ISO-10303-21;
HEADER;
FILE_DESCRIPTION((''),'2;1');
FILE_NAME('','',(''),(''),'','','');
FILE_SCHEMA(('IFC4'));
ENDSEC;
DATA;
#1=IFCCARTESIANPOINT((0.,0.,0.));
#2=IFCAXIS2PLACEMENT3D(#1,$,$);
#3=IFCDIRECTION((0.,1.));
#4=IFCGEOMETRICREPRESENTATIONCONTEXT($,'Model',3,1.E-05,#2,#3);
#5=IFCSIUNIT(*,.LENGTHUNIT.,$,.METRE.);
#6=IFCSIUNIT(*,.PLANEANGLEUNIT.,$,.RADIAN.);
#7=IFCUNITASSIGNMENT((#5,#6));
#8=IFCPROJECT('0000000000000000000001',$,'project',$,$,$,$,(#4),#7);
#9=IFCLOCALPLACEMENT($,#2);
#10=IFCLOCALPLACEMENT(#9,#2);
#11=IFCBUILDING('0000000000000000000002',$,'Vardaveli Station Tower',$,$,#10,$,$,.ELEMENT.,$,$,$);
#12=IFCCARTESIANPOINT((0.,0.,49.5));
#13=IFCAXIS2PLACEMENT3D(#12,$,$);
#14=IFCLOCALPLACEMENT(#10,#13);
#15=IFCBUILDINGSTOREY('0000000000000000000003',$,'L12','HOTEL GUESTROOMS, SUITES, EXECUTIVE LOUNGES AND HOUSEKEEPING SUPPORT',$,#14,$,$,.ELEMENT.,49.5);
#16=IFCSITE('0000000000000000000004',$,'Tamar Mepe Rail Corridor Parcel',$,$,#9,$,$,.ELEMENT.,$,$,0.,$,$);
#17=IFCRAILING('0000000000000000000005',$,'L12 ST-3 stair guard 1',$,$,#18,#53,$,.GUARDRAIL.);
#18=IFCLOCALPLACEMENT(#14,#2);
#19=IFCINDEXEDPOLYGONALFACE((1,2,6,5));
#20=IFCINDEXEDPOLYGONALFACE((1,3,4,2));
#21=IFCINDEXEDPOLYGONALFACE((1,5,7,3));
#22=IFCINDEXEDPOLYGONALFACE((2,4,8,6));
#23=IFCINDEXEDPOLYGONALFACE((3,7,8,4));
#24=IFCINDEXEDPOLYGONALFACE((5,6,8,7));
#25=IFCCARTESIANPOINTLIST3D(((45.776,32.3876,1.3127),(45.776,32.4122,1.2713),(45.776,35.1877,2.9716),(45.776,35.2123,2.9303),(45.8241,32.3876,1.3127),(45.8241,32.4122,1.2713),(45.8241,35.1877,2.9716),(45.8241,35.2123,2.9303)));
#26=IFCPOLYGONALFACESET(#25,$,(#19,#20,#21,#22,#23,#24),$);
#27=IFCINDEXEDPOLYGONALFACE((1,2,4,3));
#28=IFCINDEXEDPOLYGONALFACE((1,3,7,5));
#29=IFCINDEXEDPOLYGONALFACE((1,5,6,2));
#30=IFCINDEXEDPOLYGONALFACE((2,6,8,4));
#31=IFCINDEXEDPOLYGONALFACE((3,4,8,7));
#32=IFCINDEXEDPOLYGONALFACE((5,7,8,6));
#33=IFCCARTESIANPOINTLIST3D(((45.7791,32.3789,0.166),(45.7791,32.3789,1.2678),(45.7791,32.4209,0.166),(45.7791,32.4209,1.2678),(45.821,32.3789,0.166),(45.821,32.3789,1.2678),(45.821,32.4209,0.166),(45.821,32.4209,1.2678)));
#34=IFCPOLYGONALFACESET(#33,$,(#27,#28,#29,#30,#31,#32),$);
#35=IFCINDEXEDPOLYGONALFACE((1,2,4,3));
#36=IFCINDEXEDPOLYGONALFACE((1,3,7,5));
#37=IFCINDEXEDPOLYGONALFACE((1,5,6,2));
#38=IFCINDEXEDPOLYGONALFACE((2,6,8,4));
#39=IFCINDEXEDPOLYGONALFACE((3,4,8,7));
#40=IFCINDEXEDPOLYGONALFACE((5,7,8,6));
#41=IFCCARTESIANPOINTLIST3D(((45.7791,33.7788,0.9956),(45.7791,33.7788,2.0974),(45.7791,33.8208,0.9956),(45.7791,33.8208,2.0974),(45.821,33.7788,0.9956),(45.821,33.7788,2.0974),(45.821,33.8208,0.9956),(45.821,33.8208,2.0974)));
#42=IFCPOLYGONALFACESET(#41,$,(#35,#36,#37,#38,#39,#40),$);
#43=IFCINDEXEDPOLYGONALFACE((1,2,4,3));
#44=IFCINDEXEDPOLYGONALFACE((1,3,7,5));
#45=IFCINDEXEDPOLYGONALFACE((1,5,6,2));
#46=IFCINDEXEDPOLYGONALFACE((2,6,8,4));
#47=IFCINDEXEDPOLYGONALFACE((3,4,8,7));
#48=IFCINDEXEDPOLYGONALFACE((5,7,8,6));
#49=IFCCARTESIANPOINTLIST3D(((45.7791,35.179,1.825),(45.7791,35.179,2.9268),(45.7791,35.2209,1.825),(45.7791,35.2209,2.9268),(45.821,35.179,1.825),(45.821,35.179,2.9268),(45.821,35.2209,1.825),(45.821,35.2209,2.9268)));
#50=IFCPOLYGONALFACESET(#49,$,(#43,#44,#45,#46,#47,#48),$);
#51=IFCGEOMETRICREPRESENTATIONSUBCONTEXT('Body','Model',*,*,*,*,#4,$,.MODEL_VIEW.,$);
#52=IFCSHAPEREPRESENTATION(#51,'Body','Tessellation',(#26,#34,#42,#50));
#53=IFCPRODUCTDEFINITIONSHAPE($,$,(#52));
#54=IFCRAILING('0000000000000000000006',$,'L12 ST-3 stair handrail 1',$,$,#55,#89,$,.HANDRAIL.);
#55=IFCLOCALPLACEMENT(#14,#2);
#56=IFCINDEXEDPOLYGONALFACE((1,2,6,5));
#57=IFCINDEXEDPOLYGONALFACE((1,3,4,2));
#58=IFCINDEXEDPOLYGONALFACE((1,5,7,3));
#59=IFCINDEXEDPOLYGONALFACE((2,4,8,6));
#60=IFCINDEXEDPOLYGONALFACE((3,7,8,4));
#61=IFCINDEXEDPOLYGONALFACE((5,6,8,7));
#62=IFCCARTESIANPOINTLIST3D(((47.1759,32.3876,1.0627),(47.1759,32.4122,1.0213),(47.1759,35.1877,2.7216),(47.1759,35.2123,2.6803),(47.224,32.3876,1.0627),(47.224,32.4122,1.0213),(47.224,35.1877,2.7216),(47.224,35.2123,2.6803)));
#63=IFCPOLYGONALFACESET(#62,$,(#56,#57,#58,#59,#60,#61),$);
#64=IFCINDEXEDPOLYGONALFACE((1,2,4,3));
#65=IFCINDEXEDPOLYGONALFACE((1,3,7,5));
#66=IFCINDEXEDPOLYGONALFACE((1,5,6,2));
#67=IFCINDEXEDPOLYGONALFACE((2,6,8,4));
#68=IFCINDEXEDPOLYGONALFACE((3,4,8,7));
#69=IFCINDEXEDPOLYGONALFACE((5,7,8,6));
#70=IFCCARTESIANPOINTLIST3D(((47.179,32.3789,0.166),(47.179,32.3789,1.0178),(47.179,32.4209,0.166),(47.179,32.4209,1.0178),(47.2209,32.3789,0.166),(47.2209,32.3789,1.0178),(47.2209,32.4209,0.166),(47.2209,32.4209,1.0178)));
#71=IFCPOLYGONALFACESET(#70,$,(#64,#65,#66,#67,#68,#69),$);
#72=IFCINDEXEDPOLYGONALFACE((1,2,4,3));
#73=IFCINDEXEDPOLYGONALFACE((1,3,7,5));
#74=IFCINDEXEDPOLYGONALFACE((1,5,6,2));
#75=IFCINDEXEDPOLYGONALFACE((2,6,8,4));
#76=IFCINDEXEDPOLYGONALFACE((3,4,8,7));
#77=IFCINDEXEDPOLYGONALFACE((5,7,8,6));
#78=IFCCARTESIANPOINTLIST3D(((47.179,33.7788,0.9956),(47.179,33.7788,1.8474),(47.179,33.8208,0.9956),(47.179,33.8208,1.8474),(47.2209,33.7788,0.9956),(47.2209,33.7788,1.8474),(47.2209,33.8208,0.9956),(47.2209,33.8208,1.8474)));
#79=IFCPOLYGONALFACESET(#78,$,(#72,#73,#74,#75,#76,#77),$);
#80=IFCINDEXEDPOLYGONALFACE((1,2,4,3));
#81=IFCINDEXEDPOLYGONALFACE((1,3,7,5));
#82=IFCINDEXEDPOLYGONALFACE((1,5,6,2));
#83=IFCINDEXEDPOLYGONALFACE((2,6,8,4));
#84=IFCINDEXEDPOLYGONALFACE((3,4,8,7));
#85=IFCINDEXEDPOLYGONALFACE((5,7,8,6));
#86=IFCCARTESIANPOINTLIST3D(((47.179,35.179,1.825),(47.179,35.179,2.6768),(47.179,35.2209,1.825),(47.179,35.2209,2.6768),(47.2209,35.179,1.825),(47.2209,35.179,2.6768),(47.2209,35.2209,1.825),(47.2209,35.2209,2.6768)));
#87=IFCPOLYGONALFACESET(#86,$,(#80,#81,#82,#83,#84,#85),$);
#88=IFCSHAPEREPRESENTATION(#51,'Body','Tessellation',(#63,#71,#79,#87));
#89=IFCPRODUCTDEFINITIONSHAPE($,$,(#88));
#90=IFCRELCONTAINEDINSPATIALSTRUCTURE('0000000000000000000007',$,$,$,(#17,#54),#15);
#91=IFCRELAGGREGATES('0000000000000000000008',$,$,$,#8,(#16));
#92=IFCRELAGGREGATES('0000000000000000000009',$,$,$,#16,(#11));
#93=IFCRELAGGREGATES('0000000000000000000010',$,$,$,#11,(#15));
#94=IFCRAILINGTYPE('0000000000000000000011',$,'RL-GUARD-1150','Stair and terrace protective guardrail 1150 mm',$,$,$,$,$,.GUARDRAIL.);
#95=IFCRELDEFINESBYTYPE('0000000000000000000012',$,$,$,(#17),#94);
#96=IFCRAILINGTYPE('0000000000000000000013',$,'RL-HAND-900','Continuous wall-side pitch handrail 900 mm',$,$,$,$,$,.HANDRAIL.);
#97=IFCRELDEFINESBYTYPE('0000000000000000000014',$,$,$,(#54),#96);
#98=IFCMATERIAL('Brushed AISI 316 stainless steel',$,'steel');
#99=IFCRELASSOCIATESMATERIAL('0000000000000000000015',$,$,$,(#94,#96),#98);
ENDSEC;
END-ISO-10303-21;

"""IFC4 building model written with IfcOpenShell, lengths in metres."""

from ifc_helpers import new_model, si_unit, direction, frame, origin, origin_2d, place, context, subcontext, project, spatial, rectangle, extrude, source, transform, mapped, material, type_object, element, save


model = new_model("IFC4")

# Units and contexts
model_context = context("Model", 3, precision=1e-05, world=origin(), true_north=direction((0.0, 1.0)))
body_context = subcontext(model_context, "Body", "Model", "MODEL_VIEW")
ifc_project = project(units=[si_unit("LENGTHUNIT", "METRE"), si_unit("PLANEANGLEUNIT", "RADIAN")], contexts=[model_context])

# Site, building, storey
site_placement = place(None, origin())
site = spatial("IfcSite", under=ifc_project, at=site_placement, Name="Tamar Mepe Rail Corridor Parcel", CompositionType="ELEMENT", RefElevation=0.0)
building_placement = place(site_placement, origin())
building = spatial("IfcBuilding", under=site, at=building_placement, Name="Vardaveli Station Tower", CompositionType="ELEMENT")
storey_placement = place(building_placement, frame((0.0, 0.0, 49.5)))
storey = spatial("IfcBuildingStorey", under=building, at=storey_placement, Name="L12", Description="HOTEL GUESTROOMS, SUITES, EXECUTIVE LOUNGES AND HOUSEKEEPING SUPPORT", CompositionType="ELEMENT", Elevation=49.5)

# Railings
ifc_material_1 = material(Name="Brushed AISI 316 stainless steel", Category="steel")
railing_type_1 = type_object("IfcRailingType", Name="RL-GUARD-1150", Description="Stair and terrace protective guardrail 1150 mm", PredefinedType="GUARDRAIL", material=ifc_material_1)
shared_shape_1 = source(origin(), body_context, "Body", "SweptSolid", [
    extrude(rectangle(XDim=0.0481, YDim=0.0481, at=origin_2d()), frame((0.0, 0.0, 1.126), z_axis=(0.0, 0.860339, 0.509722), x_axis=(-1.0, 0.0, 0.0)), (0.0, 0.0, 1.0), 3.2546),
    extrude(rectangle(XDim=0.042, YDim=0.042, at=origin_2d()), origin(), (0.0, 0.0, 1.0), 1.1018),
    extrude(rectangle(XDim=0.042, YDim=0.042, at=origin_2d()), frame((0.0, 1.3999, 0.8296)), (0.0, 0.0, 1.0), 1.1018),
    extrude(rectangle(XDim=0.042, YDim=0.042, at=origin_2d()), frame((0.0, 2.8, 1.6589)), (0.0, 0.0, 1.0), 1.1018),
])
railing_1_placement = place(storey_placement, frame((45.8, 32.3999, 0.166)))
element("IfcRailing", 1, at=railing_1_placement, inside=storey, type_object=railing_type_1, Name="L12 ST-3 stair guard 1", PredefinedType="GUARDRAIL", context=body_context, shape_type="MappedRepresentation", body=[
    mapped(shared_shape_1, transform((0.0, 0.0, 0.0), scale=1.0)),
])
railing_type_2 = type_object("IfcRailingType", Name="RL-HAND-900", Description="Continuous wall-side pitch handrail 900 mm", PredefinedType="HANDRAIL", material=ifc_material_1)
shared_shape_2 = source(origin(), body_context, "Body", "SweptSolid", [
    extrude(rectangle(XDim=0.0481, YDim=0.0481, at=origin_2d()), frame((0.0, 0.0, 0.876), z_axis=(0.0, 0.860339, 0.509722), x_axis=(-1.0, 0.0, 0.0)), (0.0, 0.0, 1.0), 3.2546),
    extrude(rectangle(XDim=0.042, YDim=0.042, at=origin_2d()), origin(), (0.0, 0.0, 1.0), 0.8518),
    extrude(rectangle(XDim=0.042, YDim=0.042, at=origin_2d()), frame((0.0, 1.3999, 0.8296)), (0.0, 0.0, 1.0), 0.8518),
    extrude(rectangle(XDim=0.042, YDim=0.042, at=origin_2d()), frame((0.0, 2.8, 1.6589)), (0.0, 0.0, 1.0), 0.8518),
])
railing_2_placement = place(storey_placement, frame((47.2, 32.3999, 0.166)))
element("IfcRailing", 2, at=railing_2_placement, inside=storey, type_object=railing_type_2, Name="L12 ST-3 stair handrail 1", PredefinedType="HANDRAIL", context=body_context, shape_type="MappedRepresentation", body=[
    mapped(shared_shape_2, transform((0.0, 0.0, 0.0), scale=1.0)),
])

save(model, "model.ifc")
